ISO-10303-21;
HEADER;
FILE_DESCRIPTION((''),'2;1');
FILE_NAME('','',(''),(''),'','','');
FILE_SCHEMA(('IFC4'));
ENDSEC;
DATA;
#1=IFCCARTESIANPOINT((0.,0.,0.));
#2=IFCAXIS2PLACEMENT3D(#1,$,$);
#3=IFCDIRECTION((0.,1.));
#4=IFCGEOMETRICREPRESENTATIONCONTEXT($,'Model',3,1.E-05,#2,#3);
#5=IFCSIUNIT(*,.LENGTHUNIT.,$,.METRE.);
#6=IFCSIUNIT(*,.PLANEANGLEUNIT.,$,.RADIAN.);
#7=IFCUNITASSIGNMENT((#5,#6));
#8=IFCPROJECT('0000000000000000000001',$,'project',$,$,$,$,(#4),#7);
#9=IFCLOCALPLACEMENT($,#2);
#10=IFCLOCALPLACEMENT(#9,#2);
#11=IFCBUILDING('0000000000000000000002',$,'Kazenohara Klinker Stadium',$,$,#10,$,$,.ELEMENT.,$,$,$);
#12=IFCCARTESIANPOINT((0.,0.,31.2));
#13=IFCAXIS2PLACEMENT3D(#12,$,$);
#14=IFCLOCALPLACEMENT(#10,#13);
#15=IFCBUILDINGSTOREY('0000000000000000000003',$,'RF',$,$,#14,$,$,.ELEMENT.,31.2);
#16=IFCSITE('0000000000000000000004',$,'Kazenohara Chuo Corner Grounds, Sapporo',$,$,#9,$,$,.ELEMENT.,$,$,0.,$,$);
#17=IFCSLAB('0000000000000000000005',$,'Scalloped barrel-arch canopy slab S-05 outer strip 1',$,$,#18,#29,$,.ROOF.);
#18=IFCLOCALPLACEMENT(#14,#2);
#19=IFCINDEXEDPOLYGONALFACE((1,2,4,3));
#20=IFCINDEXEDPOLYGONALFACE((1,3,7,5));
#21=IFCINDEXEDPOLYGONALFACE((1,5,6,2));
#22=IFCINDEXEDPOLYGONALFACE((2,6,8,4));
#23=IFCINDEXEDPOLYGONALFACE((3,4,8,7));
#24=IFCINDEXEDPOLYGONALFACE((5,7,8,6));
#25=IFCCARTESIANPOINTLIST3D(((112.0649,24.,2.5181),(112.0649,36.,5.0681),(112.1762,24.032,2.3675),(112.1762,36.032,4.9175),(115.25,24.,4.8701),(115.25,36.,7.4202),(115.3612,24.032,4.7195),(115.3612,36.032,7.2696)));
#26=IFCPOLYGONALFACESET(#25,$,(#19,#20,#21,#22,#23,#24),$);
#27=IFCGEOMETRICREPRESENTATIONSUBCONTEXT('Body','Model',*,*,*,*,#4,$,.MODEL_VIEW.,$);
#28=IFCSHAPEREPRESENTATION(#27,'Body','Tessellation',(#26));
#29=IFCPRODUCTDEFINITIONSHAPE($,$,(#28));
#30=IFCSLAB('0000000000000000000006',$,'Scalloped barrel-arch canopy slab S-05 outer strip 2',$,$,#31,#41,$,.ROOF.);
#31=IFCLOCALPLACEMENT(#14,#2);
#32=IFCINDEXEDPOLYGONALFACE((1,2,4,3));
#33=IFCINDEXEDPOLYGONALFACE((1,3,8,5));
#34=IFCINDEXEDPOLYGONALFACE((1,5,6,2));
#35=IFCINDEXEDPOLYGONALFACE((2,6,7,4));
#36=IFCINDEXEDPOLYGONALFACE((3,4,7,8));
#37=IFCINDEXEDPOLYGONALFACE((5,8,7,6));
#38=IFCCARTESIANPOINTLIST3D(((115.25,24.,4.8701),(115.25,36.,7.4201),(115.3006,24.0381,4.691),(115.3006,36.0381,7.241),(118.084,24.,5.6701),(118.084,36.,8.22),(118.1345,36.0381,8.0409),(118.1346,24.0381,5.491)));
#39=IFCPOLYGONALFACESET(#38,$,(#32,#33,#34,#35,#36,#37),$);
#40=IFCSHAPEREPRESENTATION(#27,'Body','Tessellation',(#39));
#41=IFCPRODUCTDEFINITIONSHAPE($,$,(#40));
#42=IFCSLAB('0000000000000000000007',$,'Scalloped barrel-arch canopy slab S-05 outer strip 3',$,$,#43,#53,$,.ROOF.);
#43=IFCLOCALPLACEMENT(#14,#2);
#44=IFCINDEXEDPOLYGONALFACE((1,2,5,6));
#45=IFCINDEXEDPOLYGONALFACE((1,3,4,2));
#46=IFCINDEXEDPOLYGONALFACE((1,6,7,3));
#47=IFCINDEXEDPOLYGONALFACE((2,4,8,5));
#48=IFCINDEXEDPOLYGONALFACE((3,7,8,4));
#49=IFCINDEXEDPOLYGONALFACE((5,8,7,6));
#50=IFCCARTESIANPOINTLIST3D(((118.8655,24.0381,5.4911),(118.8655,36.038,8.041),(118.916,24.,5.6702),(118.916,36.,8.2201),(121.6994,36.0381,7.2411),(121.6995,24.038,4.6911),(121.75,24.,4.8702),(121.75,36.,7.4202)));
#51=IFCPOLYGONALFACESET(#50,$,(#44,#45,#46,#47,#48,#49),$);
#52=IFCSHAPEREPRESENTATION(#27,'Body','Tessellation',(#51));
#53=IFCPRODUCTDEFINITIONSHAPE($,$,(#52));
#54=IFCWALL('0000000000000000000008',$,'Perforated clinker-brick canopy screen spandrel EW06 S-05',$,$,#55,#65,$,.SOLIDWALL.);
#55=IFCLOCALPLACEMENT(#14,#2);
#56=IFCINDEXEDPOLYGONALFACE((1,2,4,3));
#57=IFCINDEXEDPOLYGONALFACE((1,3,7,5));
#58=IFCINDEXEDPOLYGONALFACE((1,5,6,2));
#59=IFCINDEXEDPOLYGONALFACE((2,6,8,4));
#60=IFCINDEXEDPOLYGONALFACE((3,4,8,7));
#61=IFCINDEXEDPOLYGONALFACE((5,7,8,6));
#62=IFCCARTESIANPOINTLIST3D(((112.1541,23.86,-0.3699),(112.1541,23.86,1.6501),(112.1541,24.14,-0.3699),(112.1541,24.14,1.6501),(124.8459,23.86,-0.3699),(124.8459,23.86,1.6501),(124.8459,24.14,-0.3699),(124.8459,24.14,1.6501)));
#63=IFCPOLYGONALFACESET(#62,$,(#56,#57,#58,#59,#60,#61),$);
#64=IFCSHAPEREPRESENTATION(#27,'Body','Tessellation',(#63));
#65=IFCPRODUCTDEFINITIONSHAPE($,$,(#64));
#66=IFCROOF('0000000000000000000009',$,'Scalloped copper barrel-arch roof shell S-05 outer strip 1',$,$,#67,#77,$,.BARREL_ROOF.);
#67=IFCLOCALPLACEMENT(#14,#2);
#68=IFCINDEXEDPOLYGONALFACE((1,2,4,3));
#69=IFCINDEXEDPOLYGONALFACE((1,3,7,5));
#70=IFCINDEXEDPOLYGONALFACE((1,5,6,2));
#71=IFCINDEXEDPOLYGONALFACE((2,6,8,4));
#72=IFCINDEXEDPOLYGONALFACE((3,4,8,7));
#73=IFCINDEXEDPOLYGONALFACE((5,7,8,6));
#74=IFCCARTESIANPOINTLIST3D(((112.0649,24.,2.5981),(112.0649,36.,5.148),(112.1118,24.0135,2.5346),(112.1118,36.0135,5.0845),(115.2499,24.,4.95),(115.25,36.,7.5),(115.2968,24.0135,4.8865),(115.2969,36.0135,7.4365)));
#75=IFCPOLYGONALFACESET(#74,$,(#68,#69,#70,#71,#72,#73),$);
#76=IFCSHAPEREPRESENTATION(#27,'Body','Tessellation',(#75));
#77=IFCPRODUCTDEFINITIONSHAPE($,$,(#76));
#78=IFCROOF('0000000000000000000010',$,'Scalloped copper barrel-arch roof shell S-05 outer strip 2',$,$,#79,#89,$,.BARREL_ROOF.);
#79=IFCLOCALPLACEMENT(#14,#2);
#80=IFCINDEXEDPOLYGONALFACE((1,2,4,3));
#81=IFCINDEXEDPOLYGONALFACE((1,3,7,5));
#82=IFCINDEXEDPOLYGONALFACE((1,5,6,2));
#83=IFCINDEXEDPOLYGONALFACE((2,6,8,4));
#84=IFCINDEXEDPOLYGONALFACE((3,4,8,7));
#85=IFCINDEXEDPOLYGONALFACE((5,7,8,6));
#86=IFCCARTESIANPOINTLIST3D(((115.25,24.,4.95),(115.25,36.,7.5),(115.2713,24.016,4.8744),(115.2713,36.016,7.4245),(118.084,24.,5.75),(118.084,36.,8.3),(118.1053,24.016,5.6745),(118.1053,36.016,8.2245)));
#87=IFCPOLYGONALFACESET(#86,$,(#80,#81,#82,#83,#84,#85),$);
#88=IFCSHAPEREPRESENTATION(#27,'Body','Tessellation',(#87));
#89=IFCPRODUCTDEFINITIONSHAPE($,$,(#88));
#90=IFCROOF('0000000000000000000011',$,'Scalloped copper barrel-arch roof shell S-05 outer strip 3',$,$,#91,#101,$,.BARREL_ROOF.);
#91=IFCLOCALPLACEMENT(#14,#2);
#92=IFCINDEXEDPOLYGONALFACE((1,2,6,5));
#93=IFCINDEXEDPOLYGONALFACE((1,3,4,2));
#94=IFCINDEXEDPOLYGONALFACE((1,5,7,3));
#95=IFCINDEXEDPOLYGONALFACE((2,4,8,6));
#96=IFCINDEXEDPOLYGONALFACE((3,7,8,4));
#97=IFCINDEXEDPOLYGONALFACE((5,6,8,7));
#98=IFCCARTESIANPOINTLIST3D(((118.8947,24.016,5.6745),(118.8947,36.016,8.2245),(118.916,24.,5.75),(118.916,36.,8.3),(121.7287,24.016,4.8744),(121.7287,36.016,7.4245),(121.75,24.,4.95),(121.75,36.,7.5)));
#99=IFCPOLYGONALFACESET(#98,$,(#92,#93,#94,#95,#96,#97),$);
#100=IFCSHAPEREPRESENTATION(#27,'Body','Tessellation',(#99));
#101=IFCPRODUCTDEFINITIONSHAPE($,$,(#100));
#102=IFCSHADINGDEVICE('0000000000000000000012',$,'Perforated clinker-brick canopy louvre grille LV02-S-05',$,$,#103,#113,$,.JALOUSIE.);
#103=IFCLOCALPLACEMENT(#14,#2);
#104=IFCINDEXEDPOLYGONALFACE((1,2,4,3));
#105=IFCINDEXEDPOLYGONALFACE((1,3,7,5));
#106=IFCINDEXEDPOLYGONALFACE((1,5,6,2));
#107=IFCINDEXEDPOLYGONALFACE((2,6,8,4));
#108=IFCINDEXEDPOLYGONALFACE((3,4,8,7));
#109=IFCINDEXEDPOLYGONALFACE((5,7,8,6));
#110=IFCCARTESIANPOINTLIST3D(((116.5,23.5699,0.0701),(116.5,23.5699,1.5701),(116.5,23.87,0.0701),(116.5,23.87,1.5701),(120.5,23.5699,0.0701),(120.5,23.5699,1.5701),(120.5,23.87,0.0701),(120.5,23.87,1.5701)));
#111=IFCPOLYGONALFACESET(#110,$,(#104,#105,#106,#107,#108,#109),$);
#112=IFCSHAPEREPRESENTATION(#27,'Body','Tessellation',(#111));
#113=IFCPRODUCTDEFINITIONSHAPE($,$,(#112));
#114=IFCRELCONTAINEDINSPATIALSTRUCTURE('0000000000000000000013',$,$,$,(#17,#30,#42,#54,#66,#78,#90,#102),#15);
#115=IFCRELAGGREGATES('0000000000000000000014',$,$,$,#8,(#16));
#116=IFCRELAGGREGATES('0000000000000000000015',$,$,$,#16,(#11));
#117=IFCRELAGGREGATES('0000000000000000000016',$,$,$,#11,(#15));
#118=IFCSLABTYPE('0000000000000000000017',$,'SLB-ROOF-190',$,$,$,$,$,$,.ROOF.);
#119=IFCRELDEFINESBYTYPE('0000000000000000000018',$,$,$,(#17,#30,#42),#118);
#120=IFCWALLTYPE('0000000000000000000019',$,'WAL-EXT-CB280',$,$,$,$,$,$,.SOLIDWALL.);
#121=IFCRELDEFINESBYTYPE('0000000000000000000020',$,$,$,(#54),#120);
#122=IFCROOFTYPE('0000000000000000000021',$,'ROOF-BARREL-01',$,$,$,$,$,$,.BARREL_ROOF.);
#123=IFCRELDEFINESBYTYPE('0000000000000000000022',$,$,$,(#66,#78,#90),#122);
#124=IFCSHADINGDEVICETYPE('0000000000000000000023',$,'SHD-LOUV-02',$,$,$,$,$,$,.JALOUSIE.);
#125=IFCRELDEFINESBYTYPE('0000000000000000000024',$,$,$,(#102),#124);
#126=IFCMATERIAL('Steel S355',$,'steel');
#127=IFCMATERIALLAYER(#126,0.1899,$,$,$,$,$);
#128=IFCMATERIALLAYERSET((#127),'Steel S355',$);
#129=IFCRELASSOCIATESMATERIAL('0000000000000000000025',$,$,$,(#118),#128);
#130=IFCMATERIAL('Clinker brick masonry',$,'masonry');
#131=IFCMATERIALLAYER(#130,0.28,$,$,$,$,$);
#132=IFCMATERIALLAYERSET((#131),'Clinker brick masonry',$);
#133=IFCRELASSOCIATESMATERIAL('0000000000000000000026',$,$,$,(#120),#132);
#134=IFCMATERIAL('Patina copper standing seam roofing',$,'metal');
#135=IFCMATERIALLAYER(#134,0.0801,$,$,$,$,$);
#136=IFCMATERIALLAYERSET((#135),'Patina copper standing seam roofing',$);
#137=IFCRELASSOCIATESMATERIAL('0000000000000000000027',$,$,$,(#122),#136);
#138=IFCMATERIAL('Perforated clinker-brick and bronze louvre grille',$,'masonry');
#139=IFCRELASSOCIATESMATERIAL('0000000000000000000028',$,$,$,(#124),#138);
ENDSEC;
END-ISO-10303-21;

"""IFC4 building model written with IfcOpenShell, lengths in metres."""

from ifc_helpers import new_model, si_unit, direction, frame, frame_2d, origin, origin_2d, place, context, subcontext, project, spatial, polyline, rectangle, outline, extrude, material, layer, layer_set, type_object, element, save


model = new_model("IFC4")

# Units and contexts
model_context = context("Model", 3, precision=1e-05, world=origin(), true_north=direction((0.0, 1.0)))
body_context = subcontext(model_context, "Body", "Model", "MODEL_VIEW")
ifc_project = project(units=[si_unit("LENGTHUNIT", "METRE"), si_unit("PLANEANGLEUNIT", "RADIAN")], contexts=[model_context])

# Site, building, storey
site_placement = place(None, origin())
site = spatial("IfcSite", under=ifc_project, at=site_placement, Name="Kazenohara Chuo Corner Grounds, Sapporo", CompositionType="ELEMENT", RefElevation=0.0)
building_placement = place(site_placement, origin())
building = spatial("IfcBuilding", under=site, at=building_placement, Name="Kazenohara Klinker Stadium", CompositionType="ELEMENT")
storey_placement = place(building_placement, frame((0.0, 0.0, 31.2)))
storey = spatial("IfcBuildingStorey", under=building, at=storey_placement, Name="RF", CompositionType="ELEMENT", Elevation=31.2)

# Shared definitions
ifc_material_1 = material(Name="Steel S355", Category="steel")

# Slabs
ifc_layer_1 = layer(ifc_material_1, 0.1899)
ifc_layer_set_1 = layer_set([ifc_layer_1], Name="Steel S355")
slab_type = type_object("IfcSlabType", Name="SLB-ROOF-190", PredefinedType="ROOF", material=ifc_layer_set_1)
slab_1_placement = place(storey_placement, frame((112.0649, 24.0, 2.5181), z_axis=(-0.58555, -0.168501, 0.79293), x_axis=(0.0, 0.978158, 0.207863)))
element("IfcSlab", 1, at=slab_1_placement, inside=storey, type_object=slab_type, Name="Scalloped barrel-arch canopy slab S-05 outer strip 1", PredefinedType="ROOF", context=body_context, shape_type="SweptSolid", body=[
    extrude(outline(polyline([(0.0, 0.0), (12.268, 0.0), (12.7569, -3.9291), (0.4889, -3.9291), (0.0, 0.0)])), origin(), (0.0, 0.0, -1.0), 0.1899),
])
slab_2_placement = place(storey_placement, frame((115.25, 24.0, 4.8701), z_axis=(-0.26614, -0.200357, 0.942882), x_axis=(0.000002, 0.97816, 0.207854)))
element("IfcSlab", 2, at=slab_2_placement, inside=storey, type_object=slab_type, Name="Scalloped barrel-arch canopy slab S-05 outer strip 2", PredefinedType="ROOF", context=body_context, shape_type="SweptSolid", body=[
    extrude(outline(polyline([(0.0, 0.0), (12.268, 0.0), (12.4342, -2.94), (0.1663, -2.94), (0.0, 0.0)])), origin(), (0.0, 0.0, -1.0), 0.1899),
])
slab_3_placement = place(storey_placement, frame((118.916, 24.0, 5.6702), z_axis=(0.26614, -0.200357, 0.942882), x_axis=(0.000002, 0.97816, 0.207852)))
element("IfcSlab", 3, at=slab_3_placement, inside=storey, type_object=slab_type, Name="Scalloped barrel-arch canopy slab S-05 outer strip 3", PredefinedType="ROOF", context=body_context, shape_type="SweptSolid", body=[
    extrude(outline(polyline([(0.0, 0.0), (12.2679, 0.0), (12.1017, -2.94), (-0.1663, -2.9401), (0.0, 0.0)])), origin(), (0.0, 0.0, -1.0), 0.1899),
])

# Wall
ifc_material_2 = material(Name="Clinker brick masonry", Category="masonry")
ifc_layer_2 = layer(ifc_material_2, 0.28)
ifc_layer_set_2 = layer_set([ifc_layer_2], Name="Clinker brick masonry")
wall_type = type_object("IfcWallType", Name="WAL-EXT-CB280", PredefinedType="SOLIDWALL", material=ifc_layer_set_2)
wall_placement = place(storey_placement, frame((112.1541, 24.0, -0.3699), z_axis=(0.0, 0.0, 1.0), x_axis=(1.0, 0.0, 0.0)))
element("IfcWall", 4, at=wall_placement, inside=storey, type_object=wall_type, Name="Perforated clinker-brick canopy screen spandrel EW06 S-05", PredefinedType="SOLIDWALL", context=body_context, shape_type="SweptSolid", body=[
    extrude(rectangle(XDim=12.6919, YDim=0.28, at=frame_2d((6.3459, 0.0))), origin(), (0.0, 0.0, 1.0), 2.02),
])

# Roofs
ifc_material_3 = material(Name="Patina copper standing seam roofing", Category="metal")
ifc_layer_3 = layer(ifc_material_3, 0.0801)
ifc_layer_set_3 = layer_set([ifc_layer_3], Name="Patina copper standing seam roofing")
roof_type = type_object("IfcRoofType", Name="ROOF-BARREL-01", PredefinedType="BARREL_ROOF", material=ifc_layer_set_3)
roof_1_placement = place(storey_placement, frame((112.0649, 24.0, 2.5981), z_axis=(-0.585531, -0.168496, 0.792945), x_axis=(-0.000005, 0.978161, 0.20785)))
element("IfcRoof", 5, at=roof_1_placement, inside=storey, type_object=roof_type, Name="Scalloped copper barrel-arch roof shell S-05 outer strip 1", PredefinedType="BARREL_ROOF", context=body_context, shape_type="SweptSolid", body=[
    extrude(outline(polyline([(0.0, 0.0), (12.2679, 0.0), (12.7568, -3.9291), (0.4888, -3.929), (0.0, 0.0)])), origin(), (0.0, 0.0, -1.0), 0.0801),
])
roof_2_placement = place(storey_placement, frame((115.25, 24.0, 4.95), z_axis=(-0.266177, -0.200364, 0.94287), x_axis=(0.0, 0.978158, 0.207863)))
element("IfcRoof", 6, at=roof_2_placement, inside=storey, type_object=roof_type, Name="Scalloped copper barrel-arch roof shell S-05 outer strip 2", PredefinedType="BARREL_ROOF", context=body_context, shape_type="SweptSolid", body=[
    extrude(outline(polyline([(0.0, 0.0), (12.268, 0.0), (12.4343, -2.94), (0.1663, -2.94), (0.0, 0.0)])), origin(), (0.0, 0.0, -1.0), 0.0801),
])
roof_3_placement = place(storey_placement, frame((118.916, 24.0, 5.75), z_axis=(0.266177, -0.200364, 0.94287), x_axis=(0.0, 0.978158, 0.207863)))
element("IfcRoof", 7, at=roof_3_placement, inside=storey, type_object=roof_type, Name="Scalloped copper barrel-arch roof shell S-05 outer strip 3", PredefinedType="BARREL_ROOF", context=body_context, shape_type="SweptSolid", body=[
    extrude(outline(polyline([(0.0, 0.0), (12.268, 0.0), (12.1017, -2.94), (-0.1663, -2.94), (0.0, 0.0)])), origin(), (0.0, 0.0, -1.0), 0.0801),
])

# Shading device
ifc_material_4 = material(Name="Perforated clinker-brick and bronze louvre grille", Category="masonry")
shading_device_type = type_object("IfcShadingDeviceType", Name="SHD-LOUV-02", PredefinedType="JALOUSIE", material=ifc_material_4)
shading_device_placement = place(storey_placement, frame((118.5, 23.72, 0.0701), z_axis=(0.0, 0.0, 1.0), x_axis=(1.0, 0.0, 0.0)))
element("IfcShadingDevice", 8, at=shading_device_placement, inside=storey, type_object=shading_device_type, Name="Perforated clinker-brick canopy louvre grille LV02-S-05", PredefinedType="JALOUSIE", context=body_context, shape_type="SweptSolid", body=[
    extrude(rectangle(XDim=4.0, YDim=0.3, at=origin_2d()), origin(), (0.0, 0.0, 1.0), 1.5),
])

save(model, "model.ifc")
